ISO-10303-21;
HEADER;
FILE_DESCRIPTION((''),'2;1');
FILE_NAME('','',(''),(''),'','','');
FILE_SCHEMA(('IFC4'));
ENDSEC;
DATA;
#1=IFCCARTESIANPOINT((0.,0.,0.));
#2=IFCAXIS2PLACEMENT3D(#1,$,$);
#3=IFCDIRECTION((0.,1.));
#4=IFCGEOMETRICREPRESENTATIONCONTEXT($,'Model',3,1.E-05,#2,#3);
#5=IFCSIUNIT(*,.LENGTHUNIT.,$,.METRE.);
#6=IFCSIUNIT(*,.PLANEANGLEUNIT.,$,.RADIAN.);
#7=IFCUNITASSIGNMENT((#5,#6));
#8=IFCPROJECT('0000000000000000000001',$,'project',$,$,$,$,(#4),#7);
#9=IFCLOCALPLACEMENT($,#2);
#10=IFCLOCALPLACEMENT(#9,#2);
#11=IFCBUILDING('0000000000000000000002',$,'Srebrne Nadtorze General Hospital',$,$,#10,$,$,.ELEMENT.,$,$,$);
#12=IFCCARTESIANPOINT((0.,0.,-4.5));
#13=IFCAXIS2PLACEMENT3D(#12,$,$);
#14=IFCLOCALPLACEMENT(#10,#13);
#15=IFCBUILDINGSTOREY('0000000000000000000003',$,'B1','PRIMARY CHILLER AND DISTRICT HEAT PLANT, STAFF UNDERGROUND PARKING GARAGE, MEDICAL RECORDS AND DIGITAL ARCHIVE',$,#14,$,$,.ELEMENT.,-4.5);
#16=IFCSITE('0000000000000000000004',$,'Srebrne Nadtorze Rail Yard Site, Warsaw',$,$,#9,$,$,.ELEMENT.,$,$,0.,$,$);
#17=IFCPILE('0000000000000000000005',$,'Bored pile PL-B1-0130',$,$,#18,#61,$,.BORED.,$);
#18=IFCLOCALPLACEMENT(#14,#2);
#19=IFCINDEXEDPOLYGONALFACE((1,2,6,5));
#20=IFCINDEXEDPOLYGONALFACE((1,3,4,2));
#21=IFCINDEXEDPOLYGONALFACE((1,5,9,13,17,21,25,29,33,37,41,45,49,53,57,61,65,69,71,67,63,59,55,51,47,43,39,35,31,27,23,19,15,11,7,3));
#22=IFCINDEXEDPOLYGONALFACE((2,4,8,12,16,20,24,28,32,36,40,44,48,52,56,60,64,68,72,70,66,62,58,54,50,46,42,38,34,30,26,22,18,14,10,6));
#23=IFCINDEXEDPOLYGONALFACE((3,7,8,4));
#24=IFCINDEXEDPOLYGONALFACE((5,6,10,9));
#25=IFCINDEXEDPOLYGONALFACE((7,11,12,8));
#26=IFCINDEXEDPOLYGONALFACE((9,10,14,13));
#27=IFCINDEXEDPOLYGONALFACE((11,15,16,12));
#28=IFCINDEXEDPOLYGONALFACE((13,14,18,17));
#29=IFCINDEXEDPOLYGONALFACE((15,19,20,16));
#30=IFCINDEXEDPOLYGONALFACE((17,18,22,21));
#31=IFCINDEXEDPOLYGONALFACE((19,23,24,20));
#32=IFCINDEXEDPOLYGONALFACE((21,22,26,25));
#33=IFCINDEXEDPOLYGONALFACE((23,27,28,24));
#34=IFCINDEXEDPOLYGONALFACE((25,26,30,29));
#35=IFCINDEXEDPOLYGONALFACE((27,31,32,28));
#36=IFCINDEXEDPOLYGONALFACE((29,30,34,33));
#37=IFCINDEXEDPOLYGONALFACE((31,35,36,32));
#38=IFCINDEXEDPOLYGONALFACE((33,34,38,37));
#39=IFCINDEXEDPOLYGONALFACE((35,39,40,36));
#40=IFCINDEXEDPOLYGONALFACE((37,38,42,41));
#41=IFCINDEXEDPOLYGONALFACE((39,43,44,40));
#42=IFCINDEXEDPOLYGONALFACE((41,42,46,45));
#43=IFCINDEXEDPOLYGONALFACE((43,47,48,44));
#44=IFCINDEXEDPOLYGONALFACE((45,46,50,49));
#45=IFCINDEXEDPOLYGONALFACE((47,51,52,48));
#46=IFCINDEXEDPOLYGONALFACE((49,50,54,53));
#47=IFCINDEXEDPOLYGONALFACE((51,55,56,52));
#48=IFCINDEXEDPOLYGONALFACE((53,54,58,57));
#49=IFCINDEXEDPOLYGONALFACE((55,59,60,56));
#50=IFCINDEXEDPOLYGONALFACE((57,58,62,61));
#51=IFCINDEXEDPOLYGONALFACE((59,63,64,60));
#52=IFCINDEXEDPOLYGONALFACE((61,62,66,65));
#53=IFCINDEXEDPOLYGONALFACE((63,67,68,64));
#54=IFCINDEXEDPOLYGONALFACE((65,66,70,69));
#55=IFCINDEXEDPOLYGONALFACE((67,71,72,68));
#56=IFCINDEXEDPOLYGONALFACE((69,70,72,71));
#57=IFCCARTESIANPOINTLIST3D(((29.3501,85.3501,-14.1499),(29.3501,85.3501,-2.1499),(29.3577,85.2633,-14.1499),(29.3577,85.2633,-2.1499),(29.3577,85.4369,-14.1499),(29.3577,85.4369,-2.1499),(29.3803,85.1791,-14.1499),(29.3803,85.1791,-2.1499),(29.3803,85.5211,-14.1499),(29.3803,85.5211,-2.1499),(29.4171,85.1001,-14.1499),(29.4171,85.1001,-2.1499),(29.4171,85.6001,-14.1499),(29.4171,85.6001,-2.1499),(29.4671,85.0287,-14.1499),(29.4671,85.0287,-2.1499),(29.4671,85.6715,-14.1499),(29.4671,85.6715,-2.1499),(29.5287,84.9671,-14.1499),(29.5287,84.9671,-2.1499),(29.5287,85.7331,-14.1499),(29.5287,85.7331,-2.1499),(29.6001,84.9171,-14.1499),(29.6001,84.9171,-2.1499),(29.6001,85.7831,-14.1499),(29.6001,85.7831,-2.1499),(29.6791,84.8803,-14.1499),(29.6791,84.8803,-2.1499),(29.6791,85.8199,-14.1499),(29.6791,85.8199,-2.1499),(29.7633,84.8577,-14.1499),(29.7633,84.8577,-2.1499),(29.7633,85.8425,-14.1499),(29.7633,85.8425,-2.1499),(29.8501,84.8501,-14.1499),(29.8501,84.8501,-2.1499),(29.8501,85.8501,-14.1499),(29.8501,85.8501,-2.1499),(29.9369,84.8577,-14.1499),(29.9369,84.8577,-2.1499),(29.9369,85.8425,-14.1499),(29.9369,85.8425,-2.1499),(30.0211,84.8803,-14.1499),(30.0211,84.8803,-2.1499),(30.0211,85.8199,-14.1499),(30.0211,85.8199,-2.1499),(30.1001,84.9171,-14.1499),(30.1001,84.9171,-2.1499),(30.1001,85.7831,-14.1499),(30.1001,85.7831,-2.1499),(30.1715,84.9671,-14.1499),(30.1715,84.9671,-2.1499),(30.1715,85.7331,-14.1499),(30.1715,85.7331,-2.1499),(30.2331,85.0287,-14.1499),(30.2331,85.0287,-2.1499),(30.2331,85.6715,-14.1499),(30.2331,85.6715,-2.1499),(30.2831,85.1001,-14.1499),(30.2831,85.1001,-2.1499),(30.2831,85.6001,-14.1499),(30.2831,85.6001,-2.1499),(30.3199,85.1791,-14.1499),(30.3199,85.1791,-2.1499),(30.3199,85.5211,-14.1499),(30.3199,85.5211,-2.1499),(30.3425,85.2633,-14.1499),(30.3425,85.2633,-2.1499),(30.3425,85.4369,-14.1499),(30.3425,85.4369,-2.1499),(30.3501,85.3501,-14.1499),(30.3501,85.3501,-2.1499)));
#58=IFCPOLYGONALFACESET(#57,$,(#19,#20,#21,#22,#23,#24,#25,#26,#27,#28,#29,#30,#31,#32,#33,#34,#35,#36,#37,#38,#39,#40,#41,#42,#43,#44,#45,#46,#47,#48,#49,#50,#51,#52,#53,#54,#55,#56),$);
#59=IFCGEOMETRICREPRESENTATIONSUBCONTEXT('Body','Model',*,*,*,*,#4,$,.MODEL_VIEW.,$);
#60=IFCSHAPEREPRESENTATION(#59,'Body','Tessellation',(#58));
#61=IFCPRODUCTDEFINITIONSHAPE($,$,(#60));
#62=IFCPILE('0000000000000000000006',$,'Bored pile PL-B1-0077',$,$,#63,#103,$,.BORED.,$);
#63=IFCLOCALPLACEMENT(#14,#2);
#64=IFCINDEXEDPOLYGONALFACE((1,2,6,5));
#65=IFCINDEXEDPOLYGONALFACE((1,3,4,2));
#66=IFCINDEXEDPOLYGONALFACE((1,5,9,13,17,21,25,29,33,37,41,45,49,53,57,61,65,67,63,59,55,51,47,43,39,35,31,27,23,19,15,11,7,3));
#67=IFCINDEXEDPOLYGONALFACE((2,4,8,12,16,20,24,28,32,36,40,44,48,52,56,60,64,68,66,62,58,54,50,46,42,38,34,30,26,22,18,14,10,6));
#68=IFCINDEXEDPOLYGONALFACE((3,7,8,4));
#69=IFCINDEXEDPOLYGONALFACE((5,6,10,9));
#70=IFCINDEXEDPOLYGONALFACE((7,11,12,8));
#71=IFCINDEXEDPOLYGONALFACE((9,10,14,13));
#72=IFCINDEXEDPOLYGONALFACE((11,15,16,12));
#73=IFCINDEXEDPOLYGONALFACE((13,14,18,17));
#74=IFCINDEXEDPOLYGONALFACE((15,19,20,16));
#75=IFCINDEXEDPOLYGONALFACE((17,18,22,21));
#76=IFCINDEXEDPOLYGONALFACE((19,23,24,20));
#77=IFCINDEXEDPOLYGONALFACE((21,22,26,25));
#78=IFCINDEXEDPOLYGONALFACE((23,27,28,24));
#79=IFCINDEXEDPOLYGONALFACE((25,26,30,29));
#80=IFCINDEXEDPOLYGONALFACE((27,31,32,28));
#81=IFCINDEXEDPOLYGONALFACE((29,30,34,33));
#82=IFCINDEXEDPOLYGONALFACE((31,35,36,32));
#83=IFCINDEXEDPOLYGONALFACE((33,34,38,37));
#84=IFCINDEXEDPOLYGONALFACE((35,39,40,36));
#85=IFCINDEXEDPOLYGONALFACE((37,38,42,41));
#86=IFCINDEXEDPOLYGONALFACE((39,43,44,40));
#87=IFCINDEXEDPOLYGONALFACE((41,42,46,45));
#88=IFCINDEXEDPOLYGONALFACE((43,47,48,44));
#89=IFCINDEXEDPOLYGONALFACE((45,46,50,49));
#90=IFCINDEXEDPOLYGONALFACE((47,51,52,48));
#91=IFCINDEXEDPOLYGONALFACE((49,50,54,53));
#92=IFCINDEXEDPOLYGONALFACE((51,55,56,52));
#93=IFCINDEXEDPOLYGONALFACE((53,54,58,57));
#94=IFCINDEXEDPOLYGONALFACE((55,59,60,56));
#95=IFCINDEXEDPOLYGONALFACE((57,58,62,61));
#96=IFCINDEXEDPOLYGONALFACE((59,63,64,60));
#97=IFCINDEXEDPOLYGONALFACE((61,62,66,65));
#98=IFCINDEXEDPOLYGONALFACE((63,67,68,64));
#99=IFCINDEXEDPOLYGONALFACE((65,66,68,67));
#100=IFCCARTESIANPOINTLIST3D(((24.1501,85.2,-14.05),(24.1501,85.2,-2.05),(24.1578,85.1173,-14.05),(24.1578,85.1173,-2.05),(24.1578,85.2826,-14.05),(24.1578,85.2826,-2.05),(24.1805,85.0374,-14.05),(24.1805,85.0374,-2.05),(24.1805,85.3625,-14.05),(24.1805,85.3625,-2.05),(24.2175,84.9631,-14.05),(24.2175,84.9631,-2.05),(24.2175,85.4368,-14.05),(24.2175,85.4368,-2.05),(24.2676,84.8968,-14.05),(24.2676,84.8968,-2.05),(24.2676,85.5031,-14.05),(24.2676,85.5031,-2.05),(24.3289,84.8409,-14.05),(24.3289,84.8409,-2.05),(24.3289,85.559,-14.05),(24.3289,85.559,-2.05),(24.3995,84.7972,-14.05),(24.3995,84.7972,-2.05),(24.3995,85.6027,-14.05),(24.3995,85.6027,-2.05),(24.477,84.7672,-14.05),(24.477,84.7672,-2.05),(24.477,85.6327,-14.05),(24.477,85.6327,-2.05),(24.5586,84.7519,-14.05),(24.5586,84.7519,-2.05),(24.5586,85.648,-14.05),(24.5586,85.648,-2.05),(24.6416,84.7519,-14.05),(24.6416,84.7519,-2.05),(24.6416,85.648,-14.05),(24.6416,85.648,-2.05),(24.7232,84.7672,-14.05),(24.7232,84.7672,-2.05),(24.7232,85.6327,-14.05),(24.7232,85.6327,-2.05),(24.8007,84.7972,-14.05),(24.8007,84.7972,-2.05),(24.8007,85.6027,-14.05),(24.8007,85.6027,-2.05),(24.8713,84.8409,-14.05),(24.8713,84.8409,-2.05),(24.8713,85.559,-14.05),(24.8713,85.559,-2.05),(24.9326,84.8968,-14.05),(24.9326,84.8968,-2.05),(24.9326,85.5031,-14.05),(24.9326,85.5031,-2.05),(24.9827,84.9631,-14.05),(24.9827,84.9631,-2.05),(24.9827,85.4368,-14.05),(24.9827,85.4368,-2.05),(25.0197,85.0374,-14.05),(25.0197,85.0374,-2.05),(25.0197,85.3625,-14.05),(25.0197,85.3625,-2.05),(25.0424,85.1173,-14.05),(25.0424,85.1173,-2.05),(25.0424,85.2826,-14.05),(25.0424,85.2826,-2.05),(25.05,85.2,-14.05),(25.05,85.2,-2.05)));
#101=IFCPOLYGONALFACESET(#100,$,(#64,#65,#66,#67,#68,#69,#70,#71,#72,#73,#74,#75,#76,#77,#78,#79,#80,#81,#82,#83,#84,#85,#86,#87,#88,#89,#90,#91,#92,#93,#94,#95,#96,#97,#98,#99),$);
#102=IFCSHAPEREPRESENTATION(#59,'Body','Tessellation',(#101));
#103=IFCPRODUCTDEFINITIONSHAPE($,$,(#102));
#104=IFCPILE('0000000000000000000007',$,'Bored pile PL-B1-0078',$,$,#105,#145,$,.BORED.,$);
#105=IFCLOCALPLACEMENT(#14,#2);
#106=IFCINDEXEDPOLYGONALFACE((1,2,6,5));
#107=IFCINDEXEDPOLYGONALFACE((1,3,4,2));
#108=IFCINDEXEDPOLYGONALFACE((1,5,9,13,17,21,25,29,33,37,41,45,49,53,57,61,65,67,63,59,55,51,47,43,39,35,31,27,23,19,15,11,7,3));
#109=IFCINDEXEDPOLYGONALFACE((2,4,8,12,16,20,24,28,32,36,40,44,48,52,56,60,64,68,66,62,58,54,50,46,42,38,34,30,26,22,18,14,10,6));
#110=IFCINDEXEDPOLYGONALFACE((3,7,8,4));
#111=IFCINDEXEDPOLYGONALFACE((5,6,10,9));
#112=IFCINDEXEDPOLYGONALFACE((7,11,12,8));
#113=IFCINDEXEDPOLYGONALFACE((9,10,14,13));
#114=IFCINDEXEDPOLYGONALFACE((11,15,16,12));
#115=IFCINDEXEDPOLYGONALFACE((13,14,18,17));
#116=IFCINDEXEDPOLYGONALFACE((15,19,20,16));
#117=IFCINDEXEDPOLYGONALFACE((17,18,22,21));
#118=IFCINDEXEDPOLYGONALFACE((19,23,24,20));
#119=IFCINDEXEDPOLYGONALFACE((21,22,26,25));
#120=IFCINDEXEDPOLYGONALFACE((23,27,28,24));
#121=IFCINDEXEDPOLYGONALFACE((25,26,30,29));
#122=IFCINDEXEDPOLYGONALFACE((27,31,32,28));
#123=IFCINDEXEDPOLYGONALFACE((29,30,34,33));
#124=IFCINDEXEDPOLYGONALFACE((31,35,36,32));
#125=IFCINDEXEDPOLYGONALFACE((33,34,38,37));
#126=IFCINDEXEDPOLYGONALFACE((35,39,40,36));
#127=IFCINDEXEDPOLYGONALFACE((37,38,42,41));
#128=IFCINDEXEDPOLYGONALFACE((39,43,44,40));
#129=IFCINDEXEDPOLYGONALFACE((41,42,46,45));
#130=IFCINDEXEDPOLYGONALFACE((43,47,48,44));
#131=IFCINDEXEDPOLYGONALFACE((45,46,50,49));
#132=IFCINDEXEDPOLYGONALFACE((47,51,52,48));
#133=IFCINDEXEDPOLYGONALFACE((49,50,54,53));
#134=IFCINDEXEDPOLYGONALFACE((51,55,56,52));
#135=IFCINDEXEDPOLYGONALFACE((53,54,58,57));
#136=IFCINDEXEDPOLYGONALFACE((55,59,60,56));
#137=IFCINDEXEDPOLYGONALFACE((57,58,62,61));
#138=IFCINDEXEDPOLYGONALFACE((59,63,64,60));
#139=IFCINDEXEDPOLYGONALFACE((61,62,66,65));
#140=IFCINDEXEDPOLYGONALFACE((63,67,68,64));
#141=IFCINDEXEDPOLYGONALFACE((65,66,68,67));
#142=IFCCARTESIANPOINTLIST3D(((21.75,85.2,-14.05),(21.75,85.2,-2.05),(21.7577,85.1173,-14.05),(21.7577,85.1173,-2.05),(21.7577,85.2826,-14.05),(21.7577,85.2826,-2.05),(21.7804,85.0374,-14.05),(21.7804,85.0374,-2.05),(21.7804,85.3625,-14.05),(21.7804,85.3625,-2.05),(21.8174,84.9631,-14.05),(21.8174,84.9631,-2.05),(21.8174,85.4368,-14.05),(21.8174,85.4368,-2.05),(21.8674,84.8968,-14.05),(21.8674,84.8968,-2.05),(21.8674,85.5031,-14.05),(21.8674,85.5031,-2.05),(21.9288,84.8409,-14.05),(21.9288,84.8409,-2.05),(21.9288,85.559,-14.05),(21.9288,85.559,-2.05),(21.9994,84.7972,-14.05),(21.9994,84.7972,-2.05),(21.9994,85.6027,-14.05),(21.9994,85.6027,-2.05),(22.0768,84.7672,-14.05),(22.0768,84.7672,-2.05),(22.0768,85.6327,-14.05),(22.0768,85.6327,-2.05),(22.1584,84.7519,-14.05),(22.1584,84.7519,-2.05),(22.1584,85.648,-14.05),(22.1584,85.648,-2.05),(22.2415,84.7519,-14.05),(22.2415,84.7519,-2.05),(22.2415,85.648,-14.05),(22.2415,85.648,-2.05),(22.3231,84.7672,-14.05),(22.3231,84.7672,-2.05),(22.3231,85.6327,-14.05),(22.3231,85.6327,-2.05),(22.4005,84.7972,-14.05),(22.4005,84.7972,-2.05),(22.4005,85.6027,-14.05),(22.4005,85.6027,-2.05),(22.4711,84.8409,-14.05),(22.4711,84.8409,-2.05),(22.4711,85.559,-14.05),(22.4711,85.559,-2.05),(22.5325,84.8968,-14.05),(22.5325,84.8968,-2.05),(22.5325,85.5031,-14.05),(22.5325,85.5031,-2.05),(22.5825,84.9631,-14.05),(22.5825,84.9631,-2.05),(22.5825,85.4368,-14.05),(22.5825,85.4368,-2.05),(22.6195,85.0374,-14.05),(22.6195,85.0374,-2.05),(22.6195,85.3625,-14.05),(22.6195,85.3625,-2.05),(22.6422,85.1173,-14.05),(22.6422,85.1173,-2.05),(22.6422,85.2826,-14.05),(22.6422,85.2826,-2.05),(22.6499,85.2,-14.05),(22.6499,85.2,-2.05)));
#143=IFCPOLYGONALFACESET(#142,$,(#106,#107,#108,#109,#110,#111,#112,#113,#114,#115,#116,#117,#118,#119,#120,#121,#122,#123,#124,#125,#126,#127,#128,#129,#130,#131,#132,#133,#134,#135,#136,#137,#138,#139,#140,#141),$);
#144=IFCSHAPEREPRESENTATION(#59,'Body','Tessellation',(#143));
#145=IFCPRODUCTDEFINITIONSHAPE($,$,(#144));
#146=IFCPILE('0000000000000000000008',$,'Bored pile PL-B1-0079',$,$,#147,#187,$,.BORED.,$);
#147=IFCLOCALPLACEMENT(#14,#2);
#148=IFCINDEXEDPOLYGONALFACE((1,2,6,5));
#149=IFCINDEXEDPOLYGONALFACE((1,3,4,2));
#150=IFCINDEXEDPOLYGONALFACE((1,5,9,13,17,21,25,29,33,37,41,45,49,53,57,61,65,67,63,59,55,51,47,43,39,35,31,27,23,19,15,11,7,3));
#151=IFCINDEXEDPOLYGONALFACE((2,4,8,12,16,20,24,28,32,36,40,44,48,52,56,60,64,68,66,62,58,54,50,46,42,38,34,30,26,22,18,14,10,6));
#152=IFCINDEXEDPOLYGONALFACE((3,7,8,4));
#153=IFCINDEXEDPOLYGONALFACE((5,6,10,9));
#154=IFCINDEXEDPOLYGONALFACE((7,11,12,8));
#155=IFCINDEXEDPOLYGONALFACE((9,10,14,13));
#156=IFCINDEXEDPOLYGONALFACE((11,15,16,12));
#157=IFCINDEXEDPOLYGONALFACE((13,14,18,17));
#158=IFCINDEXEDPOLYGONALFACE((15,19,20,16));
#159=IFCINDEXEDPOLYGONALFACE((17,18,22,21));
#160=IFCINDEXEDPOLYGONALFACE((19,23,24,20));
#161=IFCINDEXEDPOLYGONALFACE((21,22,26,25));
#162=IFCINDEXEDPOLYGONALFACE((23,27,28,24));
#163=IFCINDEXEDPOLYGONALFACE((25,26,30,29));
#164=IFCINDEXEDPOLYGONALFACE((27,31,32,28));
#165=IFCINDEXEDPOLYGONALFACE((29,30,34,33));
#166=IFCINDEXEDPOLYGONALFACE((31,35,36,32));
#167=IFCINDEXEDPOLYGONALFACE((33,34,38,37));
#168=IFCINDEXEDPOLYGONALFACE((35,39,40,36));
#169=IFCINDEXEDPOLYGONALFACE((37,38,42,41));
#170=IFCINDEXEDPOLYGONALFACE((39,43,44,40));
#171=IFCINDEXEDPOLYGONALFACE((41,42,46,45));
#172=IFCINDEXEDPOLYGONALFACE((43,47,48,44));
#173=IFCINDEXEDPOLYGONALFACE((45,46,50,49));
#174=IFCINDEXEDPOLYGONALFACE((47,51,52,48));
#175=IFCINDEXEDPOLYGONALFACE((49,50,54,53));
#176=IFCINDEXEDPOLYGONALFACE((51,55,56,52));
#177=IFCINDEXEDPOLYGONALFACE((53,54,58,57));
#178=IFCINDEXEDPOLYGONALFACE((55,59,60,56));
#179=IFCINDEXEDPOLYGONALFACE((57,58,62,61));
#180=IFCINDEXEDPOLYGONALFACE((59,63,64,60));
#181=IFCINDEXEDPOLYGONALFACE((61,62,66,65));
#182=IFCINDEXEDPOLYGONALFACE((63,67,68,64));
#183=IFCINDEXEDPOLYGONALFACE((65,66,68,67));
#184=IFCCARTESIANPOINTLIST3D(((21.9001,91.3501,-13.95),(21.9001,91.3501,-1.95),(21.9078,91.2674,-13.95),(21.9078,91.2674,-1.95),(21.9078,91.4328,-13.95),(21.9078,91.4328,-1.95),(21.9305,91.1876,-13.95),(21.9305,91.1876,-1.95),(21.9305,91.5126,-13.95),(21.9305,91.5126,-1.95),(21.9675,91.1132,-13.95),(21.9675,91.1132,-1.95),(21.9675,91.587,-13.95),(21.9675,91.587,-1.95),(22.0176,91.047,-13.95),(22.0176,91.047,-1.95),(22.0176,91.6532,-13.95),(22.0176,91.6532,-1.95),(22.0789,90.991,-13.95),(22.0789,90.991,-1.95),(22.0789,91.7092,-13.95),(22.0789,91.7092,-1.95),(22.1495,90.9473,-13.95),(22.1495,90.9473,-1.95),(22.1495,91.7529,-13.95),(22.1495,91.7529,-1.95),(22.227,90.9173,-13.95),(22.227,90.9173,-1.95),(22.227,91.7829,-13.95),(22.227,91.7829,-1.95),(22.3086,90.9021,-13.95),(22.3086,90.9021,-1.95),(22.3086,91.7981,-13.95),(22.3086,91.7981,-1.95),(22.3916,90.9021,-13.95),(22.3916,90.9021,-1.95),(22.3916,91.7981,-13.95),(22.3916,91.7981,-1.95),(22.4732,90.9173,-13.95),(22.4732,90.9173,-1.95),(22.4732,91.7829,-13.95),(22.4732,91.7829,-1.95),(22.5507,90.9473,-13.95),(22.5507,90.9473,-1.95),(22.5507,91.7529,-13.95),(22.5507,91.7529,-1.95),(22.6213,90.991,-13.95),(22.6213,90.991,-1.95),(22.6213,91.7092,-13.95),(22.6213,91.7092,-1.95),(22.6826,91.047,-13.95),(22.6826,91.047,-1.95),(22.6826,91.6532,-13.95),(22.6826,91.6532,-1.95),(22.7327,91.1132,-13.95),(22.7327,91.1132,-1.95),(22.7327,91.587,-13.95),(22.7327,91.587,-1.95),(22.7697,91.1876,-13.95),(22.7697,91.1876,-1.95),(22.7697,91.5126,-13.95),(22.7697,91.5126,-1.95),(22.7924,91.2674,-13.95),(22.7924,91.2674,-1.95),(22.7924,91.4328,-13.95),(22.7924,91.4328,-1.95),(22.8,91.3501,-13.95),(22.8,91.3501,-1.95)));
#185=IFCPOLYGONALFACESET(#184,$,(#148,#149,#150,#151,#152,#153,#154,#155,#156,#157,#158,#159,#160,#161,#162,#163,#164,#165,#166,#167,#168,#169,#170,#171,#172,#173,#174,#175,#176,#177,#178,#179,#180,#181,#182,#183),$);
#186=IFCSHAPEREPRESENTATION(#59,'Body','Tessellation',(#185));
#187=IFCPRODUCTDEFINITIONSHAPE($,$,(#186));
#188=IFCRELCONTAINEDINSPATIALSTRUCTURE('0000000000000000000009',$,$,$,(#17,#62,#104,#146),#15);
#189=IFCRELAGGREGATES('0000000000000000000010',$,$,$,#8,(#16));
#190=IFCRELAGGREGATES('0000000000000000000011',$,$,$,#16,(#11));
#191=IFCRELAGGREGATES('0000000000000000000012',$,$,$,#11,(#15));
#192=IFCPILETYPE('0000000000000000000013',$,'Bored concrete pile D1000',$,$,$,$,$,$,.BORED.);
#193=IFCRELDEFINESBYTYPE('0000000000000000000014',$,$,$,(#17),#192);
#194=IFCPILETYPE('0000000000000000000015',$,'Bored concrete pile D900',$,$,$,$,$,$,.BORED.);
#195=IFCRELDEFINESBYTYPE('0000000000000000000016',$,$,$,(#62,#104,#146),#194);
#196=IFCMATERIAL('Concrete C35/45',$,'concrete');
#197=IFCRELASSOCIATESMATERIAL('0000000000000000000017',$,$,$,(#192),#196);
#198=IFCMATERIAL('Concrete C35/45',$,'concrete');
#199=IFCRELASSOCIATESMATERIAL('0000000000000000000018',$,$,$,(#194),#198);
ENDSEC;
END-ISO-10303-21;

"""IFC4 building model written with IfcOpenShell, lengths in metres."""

from ifc_helpers import new_model, si_unit, direction, frame, origin, origin_2d, place, context, subcontext, project, spatial, circle, extrude, material, material_profile, profile_set, type_object, element, save


model = new_model("IFC4")

# Units and contexts
model_context = context("Model", 3, precision=1e-05, world=origin(), true_north=direction((0.0, 1.0)))
body_context = subcontext(model_context, "Body", "Model", "MODEL_VIEW")
ifc_project = project(units=[si_unit("LENGTHUNIT", "METRE"), si_unit("PLANEANGLEUNIT", "RADIAN")], contexts=[model_context])

# Site, building, storey
site_placement = place(None, origin())
site = spatial("IfcSite", under=ifc_project, at=site_placement, Name="Srebrne Nadtorze Rail Yard Site, Warsaw", CompositionType="ELEMENT", RefElevation=0.0)
building_placement = place(site_placement, origin())
building = spatial("IfcBuilding", under=site, at=building_placement, Name="Srebrne Nadtorze General Hospital", CompositionType="ELEMENT")
storey_placement = place(building_placement, frame((0.0, 0.0, -4.5)))
storey = spatial("IfcBuildingStorey", under=building, at=storey_placement, Name="B1", Description="PRIMARY CHILLER AND DISTRICT HEAT PLANT, STAFF UNDERGROUND PARKING GARAGE, MEDICAL RECORDS AND DIGITAL ARCHIVE", CompositionType="ELEMENT", Elevation=-4.5)

# Piles
ifc_material_1 = material(Name="Concrete C35/45", Category="concrete")
ifc_material_profile_1 = material_profile(ifc_material_1, circle(Radius=0.5, at=origin_2d()), Name="PILE-D1000")
ifc_profile_set_1 = profile_set([ifc_material_profile_1], Name="Concrete C35/45")
pile_type_1 = type_object("IfcPileType", Name="Bored concrete pile D1000", PredefinedType="BORED", material=ifc_profile_set_1)
pile_placement = place(storey_placement, frame((29.8501, 85.3501, -2.1499), z_axis=(0.0, 0.0, -1.0), x_axis=(1.0, 0.0, 0.0)))
element("IfcPile", 1, at=pile_placement, inside=storey, type_object=pile_type_1, Name="Bored pile PL-B1-0130", PredefinedType="BORED", context=body_context, shape_type="SweptSolid", body=[
    extrude(circle(Radius=0.5, at=origin_2d()), origin(), (0.0, 0.0, 1.0), 12.0),
])
ifc_material_2 = material(Name="Concrete C35/45", Category="concrete")
ifc_material_profile_2 = material_profile(ifc_material_2, circle(Radius=0.45, at=origin_2d()), Name="PILE-D900")
ifc_profile_set_2 = profile_set([ifc_material_profile_2], Name="Concrete C35/45")
pile_type_2 = type_object("IfcPileType", Name="Bored concrete pile D900", PredefinedType="BORED", material=ifc_profile_set_2)
for number, where, z_axis, x_axis, name in (
    (2, (24.6001, 85.2, -2.05), (0.0, 0.0, -1.0), (1.0, 0.0, 0.0), "Bored pile PL-B1-0077"),
    (3, (22.2, 85.2, -2.05), (0.0, 0.0, -1.0), (1.0, 0.0, 0.0), "Bored pile PL-B1-0078"),
    (4, (22.3501, 91.3501, -1.95), (0.0, 0.0, -1.0), (1.0, 0.0, 0.0), "Bored pile PL-B1-0079"),
):
    element("IfcPile", number, at=place(storey_placement, frame(where, z_axis=z_axis, x_axis=x_axis)), inside=storey, type_object=pile_type_2, Name=name, PredefinedType="BORED", context=body_context, shape_type="SweptSolid", body=[
        extrude(circle(Radius=0.45, at=origin_2d()), origin(), (0.0, 0.0, 1.0), 12.0),
    ])

save(model, "model.ifc")
